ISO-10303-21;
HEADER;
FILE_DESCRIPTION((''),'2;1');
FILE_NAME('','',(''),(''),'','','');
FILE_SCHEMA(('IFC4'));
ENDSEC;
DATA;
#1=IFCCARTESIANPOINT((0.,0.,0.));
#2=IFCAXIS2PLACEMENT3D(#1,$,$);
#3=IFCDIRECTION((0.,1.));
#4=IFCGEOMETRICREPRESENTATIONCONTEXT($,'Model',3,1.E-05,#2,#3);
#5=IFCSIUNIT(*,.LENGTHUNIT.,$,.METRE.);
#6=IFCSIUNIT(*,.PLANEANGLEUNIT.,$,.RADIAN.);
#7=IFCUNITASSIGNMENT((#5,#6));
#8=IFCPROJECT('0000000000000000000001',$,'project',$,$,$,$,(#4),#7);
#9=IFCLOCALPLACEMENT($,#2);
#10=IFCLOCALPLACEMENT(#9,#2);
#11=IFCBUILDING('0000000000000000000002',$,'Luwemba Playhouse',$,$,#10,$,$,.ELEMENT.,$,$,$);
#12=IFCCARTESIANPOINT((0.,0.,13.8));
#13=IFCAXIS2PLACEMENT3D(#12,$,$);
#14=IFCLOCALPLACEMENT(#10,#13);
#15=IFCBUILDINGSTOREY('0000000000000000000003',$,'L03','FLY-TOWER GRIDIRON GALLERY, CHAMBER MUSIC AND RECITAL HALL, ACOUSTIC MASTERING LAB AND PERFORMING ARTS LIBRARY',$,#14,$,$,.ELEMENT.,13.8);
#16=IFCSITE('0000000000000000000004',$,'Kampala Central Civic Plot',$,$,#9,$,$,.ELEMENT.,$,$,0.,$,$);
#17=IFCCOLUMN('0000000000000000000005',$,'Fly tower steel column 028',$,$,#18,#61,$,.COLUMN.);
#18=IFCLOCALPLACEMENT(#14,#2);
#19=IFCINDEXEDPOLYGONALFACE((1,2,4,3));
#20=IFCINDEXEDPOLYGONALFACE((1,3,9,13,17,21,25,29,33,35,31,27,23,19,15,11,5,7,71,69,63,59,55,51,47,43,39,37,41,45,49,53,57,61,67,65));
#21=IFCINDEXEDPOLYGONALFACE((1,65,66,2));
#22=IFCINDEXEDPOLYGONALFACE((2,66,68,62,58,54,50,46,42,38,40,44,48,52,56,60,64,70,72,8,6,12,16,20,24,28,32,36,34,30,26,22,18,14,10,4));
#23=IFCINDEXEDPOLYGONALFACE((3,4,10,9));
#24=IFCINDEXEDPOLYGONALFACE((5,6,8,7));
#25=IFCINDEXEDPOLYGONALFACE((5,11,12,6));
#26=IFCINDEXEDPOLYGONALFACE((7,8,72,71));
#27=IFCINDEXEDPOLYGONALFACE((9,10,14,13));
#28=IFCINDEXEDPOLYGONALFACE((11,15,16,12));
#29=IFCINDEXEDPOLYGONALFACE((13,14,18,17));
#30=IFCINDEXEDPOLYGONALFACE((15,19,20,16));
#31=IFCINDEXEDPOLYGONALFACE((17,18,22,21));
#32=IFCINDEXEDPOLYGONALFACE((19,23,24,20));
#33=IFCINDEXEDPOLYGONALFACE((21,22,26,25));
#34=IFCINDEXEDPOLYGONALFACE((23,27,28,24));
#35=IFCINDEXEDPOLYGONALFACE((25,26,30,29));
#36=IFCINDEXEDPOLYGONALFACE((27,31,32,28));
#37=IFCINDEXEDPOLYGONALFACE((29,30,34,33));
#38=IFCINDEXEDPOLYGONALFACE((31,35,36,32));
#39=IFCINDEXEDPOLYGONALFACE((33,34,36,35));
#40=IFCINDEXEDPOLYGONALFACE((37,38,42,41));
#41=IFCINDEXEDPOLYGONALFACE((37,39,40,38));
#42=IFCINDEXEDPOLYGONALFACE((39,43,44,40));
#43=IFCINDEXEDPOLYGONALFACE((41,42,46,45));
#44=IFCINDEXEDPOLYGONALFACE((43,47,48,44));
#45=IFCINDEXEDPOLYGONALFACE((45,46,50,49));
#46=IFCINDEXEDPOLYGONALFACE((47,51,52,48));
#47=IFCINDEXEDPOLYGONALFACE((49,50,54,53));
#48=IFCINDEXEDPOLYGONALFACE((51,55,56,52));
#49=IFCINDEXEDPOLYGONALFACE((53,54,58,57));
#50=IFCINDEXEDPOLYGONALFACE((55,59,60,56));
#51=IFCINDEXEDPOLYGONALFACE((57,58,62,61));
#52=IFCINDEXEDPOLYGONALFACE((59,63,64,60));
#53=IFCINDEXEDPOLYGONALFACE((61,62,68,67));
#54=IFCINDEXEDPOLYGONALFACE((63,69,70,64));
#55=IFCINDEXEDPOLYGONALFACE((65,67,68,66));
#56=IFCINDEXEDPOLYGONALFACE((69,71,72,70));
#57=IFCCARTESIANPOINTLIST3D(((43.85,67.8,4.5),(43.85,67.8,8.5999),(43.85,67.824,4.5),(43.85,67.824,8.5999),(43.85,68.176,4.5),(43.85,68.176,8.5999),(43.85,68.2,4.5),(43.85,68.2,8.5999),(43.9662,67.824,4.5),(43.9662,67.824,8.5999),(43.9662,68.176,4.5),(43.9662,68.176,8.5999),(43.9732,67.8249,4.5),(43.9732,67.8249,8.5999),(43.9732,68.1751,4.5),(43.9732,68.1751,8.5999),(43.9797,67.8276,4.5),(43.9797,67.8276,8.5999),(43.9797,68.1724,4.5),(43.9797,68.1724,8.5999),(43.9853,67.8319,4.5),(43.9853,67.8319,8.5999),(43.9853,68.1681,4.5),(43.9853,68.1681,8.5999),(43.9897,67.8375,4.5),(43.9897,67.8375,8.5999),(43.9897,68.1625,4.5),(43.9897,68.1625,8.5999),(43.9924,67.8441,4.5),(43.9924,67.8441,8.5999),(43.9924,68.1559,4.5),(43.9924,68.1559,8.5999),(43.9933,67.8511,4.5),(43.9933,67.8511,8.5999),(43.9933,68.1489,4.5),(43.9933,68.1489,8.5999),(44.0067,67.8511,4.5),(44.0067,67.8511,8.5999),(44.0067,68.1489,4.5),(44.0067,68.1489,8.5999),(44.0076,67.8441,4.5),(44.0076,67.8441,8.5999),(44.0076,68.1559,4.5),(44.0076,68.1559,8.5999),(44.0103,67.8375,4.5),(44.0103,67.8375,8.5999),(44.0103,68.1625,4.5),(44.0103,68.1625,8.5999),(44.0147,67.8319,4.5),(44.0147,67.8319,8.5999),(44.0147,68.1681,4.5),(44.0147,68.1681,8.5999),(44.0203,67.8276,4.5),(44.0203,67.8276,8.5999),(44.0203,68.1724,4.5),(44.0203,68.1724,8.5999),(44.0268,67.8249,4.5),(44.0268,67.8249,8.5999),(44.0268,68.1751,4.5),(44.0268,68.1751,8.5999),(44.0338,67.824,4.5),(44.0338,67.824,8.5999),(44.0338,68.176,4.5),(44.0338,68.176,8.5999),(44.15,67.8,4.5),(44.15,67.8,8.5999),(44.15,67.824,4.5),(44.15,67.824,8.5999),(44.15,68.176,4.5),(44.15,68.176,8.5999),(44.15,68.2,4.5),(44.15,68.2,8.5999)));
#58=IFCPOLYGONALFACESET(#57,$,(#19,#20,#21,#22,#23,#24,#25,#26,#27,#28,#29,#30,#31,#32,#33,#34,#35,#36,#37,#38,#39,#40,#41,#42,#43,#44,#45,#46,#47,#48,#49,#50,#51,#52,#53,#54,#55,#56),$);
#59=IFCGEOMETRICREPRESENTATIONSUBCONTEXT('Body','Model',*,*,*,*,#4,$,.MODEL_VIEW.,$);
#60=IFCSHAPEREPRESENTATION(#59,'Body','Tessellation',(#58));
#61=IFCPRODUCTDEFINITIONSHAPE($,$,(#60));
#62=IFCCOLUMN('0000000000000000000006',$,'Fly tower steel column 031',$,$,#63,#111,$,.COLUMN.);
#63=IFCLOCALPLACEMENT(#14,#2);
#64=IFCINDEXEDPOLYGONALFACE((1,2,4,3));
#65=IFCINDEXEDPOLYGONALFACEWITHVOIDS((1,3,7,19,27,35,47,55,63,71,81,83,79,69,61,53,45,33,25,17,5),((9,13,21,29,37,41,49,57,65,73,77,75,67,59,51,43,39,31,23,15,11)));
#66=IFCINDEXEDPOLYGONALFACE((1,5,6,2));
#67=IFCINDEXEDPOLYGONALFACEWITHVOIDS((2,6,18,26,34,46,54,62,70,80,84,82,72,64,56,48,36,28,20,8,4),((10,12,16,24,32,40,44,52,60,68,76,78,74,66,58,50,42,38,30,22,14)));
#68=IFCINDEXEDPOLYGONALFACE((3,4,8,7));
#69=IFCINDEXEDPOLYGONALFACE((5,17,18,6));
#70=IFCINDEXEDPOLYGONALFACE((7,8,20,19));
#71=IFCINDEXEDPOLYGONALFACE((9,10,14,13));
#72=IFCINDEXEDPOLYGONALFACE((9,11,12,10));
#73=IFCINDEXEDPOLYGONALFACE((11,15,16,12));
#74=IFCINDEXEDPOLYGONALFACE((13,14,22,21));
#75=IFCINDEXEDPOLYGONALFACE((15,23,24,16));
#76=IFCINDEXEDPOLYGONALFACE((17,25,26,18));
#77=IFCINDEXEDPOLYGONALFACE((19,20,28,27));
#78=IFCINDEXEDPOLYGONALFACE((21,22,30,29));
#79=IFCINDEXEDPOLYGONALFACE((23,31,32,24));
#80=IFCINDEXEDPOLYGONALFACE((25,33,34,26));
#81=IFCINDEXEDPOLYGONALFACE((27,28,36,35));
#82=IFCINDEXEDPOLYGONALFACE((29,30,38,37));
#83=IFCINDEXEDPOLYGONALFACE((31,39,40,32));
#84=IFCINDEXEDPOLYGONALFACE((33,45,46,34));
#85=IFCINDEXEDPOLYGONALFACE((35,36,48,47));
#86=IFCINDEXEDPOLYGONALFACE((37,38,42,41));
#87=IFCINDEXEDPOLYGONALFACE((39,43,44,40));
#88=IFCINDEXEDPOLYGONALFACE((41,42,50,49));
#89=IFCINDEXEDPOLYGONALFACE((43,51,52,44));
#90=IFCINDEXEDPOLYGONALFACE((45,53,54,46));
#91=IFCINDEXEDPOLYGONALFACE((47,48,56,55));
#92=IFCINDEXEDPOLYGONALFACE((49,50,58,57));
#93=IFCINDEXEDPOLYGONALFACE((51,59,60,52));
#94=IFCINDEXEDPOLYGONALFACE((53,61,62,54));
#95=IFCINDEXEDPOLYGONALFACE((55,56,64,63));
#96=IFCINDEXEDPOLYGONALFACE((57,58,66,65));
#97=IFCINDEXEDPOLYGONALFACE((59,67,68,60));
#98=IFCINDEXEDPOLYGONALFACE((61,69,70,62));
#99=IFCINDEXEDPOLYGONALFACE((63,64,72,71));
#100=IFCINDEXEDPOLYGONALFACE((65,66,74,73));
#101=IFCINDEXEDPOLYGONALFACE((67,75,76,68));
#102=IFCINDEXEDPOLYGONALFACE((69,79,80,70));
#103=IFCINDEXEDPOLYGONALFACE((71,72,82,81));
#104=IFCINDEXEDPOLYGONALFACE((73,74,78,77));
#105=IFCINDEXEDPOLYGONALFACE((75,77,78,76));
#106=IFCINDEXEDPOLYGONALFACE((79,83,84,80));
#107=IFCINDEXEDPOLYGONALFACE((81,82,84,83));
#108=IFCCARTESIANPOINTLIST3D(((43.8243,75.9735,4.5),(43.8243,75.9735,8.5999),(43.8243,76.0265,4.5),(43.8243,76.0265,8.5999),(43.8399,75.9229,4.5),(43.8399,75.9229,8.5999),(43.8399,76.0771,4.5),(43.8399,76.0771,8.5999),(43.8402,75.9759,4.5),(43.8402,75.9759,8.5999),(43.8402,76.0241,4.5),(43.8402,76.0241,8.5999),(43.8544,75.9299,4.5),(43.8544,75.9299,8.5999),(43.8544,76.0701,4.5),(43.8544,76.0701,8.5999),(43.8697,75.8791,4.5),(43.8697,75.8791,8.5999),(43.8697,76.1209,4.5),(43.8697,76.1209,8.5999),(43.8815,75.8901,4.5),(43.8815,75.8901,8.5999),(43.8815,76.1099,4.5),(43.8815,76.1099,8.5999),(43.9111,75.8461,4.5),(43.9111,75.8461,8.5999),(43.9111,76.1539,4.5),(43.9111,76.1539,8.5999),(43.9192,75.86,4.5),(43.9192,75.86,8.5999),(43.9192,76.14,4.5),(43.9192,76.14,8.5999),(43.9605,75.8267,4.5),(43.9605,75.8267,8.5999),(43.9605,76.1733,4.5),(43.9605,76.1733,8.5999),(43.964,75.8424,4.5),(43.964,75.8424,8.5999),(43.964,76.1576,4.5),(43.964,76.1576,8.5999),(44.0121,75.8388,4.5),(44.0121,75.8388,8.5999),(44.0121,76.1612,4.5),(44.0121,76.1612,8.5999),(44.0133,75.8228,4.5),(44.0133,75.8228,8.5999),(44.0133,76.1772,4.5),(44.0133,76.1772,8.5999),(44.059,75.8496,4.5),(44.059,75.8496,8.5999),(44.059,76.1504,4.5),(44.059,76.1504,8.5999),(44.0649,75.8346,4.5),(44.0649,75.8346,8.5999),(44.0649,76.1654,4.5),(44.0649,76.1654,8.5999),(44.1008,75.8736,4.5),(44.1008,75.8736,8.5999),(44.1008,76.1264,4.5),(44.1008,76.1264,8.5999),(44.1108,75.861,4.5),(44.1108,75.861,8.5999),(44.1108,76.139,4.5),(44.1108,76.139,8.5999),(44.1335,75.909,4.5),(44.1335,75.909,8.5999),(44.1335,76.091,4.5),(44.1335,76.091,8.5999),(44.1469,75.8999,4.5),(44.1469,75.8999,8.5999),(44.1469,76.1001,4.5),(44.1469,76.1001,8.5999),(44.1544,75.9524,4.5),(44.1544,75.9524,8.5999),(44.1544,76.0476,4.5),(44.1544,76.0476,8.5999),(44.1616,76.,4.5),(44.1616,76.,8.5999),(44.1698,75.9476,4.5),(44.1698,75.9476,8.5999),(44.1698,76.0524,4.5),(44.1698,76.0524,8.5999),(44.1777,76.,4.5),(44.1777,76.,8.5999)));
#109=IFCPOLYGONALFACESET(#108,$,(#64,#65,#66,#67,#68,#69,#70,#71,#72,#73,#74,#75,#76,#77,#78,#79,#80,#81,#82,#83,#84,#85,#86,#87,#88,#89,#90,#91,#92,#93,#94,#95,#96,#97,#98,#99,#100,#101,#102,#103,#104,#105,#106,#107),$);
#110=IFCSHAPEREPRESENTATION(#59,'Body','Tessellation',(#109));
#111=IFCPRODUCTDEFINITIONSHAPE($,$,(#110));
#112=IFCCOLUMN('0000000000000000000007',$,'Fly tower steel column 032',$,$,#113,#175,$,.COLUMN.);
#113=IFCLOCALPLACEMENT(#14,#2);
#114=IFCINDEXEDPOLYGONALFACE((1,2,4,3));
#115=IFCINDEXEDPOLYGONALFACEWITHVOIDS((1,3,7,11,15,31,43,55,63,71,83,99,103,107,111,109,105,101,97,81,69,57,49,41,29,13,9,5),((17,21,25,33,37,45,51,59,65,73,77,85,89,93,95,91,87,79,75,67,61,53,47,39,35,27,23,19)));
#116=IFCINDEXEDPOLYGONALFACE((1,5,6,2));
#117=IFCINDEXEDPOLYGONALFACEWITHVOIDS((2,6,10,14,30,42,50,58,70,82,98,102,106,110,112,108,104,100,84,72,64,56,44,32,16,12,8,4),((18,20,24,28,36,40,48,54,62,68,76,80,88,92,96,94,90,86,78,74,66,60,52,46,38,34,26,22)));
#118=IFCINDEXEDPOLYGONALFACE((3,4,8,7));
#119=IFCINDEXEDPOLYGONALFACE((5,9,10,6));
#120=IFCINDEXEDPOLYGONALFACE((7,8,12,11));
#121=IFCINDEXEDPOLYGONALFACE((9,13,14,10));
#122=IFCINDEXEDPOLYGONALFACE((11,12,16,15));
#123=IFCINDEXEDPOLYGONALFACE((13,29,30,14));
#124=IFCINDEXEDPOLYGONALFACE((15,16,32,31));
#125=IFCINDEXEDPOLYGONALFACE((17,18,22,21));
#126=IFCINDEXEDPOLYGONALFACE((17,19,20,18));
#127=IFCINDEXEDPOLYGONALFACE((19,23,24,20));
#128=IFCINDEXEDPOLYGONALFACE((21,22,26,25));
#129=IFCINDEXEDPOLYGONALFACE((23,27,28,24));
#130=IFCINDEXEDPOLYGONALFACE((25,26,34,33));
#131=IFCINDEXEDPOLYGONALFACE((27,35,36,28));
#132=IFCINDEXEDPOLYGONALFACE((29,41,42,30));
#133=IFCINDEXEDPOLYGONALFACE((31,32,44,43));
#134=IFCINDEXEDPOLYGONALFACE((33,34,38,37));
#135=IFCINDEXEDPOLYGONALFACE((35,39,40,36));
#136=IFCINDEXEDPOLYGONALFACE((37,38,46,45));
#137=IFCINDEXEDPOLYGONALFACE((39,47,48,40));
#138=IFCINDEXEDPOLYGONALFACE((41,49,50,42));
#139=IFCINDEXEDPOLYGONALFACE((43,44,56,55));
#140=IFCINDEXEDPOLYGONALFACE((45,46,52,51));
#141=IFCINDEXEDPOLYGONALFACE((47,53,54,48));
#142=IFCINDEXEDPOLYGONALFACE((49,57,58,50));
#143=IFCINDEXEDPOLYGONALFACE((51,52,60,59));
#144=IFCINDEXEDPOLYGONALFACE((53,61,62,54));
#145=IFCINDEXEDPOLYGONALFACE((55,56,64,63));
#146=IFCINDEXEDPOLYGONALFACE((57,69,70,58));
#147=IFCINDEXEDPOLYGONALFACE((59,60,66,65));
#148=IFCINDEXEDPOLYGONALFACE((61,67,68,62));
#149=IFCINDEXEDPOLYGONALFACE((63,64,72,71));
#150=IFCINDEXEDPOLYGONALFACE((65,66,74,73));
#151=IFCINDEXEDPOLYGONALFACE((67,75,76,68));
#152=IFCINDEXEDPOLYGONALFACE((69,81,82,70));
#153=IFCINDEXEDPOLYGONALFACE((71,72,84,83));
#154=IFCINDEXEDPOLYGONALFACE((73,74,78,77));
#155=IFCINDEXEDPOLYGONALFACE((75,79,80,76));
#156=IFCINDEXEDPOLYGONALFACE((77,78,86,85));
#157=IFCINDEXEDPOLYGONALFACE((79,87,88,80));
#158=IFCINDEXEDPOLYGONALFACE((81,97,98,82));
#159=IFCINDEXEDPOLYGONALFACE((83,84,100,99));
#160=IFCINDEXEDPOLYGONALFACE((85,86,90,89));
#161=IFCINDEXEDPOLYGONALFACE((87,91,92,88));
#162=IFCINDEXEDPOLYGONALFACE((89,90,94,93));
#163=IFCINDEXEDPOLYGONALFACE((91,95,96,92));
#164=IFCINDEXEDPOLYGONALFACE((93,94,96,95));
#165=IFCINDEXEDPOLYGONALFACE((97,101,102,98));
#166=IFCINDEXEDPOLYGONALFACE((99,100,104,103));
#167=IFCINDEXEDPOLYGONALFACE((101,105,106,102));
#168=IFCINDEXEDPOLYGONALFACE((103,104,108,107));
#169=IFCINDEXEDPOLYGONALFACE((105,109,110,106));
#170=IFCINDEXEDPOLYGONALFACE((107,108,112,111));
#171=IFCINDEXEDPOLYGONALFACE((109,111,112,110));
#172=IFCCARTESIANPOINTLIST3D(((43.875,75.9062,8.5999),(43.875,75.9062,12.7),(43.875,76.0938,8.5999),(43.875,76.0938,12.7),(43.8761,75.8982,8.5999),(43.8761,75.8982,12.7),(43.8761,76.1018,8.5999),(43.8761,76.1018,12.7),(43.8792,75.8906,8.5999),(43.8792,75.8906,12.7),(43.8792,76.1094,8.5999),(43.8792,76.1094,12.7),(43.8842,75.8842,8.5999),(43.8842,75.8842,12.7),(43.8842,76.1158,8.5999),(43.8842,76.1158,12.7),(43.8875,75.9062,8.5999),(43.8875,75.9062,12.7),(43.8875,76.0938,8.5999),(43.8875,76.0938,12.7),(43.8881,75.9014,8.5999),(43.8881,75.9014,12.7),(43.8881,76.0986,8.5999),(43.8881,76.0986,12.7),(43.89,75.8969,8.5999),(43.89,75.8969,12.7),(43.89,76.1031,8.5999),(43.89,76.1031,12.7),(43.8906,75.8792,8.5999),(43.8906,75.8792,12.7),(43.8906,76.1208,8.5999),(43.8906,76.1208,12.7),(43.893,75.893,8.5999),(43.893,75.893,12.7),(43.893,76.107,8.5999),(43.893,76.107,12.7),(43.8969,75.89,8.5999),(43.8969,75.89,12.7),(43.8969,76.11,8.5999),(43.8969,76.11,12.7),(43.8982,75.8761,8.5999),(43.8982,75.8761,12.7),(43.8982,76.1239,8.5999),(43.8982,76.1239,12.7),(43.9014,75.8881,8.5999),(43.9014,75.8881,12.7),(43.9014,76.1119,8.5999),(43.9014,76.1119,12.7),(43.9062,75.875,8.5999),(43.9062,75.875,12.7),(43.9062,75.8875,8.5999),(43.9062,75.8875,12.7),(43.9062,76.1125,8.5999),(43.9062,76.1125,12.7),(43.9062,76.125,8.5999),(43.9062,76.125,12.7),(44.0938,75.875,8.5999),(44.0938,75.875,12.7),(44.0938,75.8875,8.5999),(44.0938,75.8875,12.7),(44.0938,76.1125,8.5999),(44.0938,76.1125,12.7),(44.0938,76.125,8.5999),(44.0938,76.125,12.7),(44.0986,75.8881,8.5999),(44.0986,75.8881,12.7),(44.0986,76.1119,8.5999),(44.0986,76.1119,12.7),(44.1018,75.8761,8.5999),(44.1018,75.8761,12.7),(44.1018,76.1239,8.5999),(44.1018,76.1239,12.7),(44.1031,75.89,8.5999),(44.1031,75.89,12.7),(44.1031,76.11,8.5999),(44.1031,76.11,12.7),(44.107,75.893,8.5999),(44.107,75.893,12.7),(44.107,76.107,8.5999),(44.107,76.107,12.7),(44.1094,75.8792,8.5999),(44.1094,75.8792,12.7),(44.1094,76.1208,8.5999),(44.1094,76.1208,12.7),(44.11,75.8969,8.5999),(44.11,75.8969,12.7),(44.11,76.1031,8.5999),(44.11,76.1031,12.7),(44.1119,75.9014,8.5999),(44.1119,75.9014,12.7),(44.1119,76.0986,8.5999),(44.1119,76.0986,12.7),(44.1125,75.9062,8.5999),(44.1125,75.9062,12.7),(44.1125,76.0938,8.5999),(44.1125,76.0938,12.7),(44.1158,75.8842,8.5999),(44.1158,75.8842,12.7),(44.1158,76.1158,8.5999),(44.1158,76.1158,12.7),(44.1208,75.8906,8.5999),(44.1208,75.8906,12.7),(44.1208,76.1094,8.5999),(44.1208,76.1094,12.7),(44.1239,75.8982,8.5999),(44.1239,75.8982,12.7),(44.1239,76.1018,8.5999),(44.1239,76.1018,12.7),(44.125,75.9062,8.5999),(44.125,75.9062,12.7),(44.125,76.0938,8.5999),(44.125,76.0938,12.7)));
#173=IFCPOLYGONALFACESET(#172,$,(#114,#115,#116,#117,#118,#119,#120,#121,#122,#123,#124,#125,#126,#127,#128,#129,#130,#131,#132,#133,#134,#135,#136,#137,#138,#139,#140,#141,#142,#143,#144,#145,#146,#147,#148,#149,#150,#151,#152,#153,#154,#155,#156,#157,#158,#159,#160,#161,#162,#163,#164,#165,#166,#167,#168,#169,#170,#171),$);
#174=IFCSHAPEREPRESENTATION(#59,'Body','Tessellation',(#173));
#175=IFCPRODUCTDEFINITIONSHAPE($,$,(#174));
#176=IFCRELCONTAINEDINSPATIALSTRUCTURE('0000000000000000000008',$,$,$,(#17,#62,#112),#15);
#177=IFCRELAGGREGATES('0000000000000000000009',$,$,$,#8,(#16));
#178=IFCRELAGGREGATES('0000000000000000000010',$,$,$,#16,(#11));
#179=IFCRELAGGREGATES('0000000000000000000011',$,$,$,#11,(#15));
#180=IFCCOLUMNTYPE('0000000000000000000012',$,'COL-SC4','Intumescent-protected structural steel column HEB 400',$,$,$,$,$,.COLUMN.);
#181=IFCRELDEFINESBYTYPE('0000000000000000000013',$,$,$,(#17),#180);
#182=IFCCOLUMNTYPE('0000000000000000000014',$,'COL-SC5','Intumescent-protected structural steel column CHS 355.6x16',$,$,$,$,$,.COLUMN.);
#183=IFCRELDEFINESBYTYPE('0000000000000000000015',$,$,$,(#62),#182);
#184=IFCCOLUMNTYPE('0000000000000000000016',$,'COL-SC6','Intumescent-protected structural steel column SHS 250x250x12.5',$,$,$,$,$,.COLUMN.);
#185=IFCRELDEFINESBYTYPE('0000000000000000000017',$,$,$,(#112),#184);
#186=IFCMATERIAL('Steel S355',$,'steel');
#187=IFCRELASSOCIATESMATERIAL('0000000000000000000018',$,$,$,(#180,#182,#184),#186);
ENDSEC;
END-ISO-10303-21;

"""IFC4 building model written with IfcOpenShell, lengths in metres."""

from ifc_helpers import new_model, si_unit, direction, frame, origin, origin_2d, place, context, subcontext, project, spatial, hollow_rectangle, hollow_circle, i_section, extrude, material, material_profile, profile_set, type_object, element, save


model = new_model("IFC4")

# Units and contexts
model_context = context("Model", 3, precision=1e-05, world=origin(), true_north=direction((0.0, 1.0)))
body_context = subcontext(model_context, "Body", "Model", "MODEL_VIEW")
ifc_project = project(units=[si_unit("LENGTHUNIT", "METRE"), si_unit("PLANEANGLEUNIT", "RADIAN")], contexts=[model_context])

# Site, building, storey
site_placement = place(None, origin())
site = spatial("IfcSite", under=ifc_project, at=site_placement, Name="Kampala Central Civic Plot", CompositionType="ELEMENT", RefElevation=0.0)
building_placement = place(site_placement, origin())
building = spatial("IfcBuilding", under=site, at=building_placement, Name="Luwemba Playhouse", CompositionType="ELEMENT")
storey_placement = place(building_placement, frame((0.0, 0.0, 13.8)))
storey = spatial("IfcBuildingStorey", under=building, at=storey_placement, Name="L03", Description="FLY-TOWER GRIDIRON GALLERY, CHAMBER MUSIC AND RECITAL HALL, ACOUSTIC MASTERING LAB AND PERFORMING ARTS LIBRARY", CompositionType="ELEMENT", Elevation=13.8)

# Columns
ifc_material_1 = material(Name="Steel S355", Category="steel")
ifc_material_profile_1 = material_profile(ifc_material_1, i_section(OverallWidth=0.3, OverallDepth=0.3999, WebThickness=0.0134, FlangeThickness=0.0239, FilletRadius=0.0271, at=origin_2d()))
ifc_profile_set_1 = profile_set([ifc_material_profile_1], Name="Steel S355")
column_type_1 = type_object("IfcColumnType", Name="COL-SC4", Description="Intumescent-protected structural steel column HEB 400", PredefinedType="COLUMN", material=ifc_profile_set_1)
column_1_placement = place(storey_placement, frame((44.0, 68.0, 4.5), z_axis=(0.0, 0.0, 1.0), x_axis=(1.0, 0.0, 0.0)))
element("IfcColumn", 1, at=column_1_placement, inside=storey, type_object=column_type_1, Name="Fly tower steel column 028", PredefinedType="COLUMN", context=body_context, shape_type="SweptSolid", body=[
    extrude(i_section(OverallWidth=0.3, OverallDepth=0.3999, WebThickness=0.0134, FlangeThickness=0.0239, FilletRadius=0.0271, at=origin_2d()), origin(), (0.0, 0.0, 1.0), 4.0999),
])
ifc_material_profile_2 = material_profile(ifc_material_1, hollow_circle(Radius=0.1777, WallThickness=0.0161, at=origin_2d()))
ifc_profile_set_2 = profile_set([ifc_material_profile_2], Name="Steel S355")
column_type_2 = type_object("IfcColumnType", Name="COL-SC5", Description="Intumescent-protected structural steel column CHS 355.6x16", PredefinedType="COLUMN", material=ifc_profile_set_2)
column_2_placement = place(storey_placement, frame((44.0, 76.0, 4.5), z_axis=(0.0, 0.0, 1.0), x_axis=(1.0, 0.0, 0.0)))
element("IfcColumn", 2, at=column_2_placement, inside=storey, type_object=column_type_2, Name="Fly tower steel column 031", PredefinedType="COLUMN", context=body_context, shape_type="SweptSolid", body=[
    extrude(hollow_circle(Radius=0.1777, WallThickness=0.0161, at=origin_2d()), origin(), (0.0, 0.0, 1.0), 4.0999),
])
ifc_material_profile_3 = material_profile(ifc_material_1, hollow_rectangle(XDim=0.25, YDim=0.25, WallThickness=0.0125, InnerFilletRadius=0.0188, OuterFilletRadius=0.0312, at=origin_2d()))
ifc_profile_set_3 = profile_set([ifc_material_profile_3], Name="Steel S355")
column_type_3 = type_object("IfcColumnType", Name="COL-SC6", Description="Intumescent-protected structural steel column SHS 250x250x12.5", PredefinedType="COLUMN", material=ifc_profile_set_3)
column_3_placement = place(storey_placement, frame((44.0, 76.0, 8.5999), z_axis=(0.0, 0.0, 1.0), x_axis=(1.0, 0.0, 0.0)))
element("IfcColumn", 3, at=column_3_placement, inside=storey, type_object=column_type_3, Name="Fly tower steel column 032", PredefinedType="COLUMN", context=body_context, shape_type="SweptSolid", body=[
    extrude(hollow_rectangle(XDim=0.25, YDim=0.25, WallThickness=0.0125, InnerFilletRadius=0.0188, OuterFilletRadius=0.0312, at=origin_2d()), origin(), (0.0, 0.0, 1.0), 4.1001),
])

save(model, "model.ifc")
